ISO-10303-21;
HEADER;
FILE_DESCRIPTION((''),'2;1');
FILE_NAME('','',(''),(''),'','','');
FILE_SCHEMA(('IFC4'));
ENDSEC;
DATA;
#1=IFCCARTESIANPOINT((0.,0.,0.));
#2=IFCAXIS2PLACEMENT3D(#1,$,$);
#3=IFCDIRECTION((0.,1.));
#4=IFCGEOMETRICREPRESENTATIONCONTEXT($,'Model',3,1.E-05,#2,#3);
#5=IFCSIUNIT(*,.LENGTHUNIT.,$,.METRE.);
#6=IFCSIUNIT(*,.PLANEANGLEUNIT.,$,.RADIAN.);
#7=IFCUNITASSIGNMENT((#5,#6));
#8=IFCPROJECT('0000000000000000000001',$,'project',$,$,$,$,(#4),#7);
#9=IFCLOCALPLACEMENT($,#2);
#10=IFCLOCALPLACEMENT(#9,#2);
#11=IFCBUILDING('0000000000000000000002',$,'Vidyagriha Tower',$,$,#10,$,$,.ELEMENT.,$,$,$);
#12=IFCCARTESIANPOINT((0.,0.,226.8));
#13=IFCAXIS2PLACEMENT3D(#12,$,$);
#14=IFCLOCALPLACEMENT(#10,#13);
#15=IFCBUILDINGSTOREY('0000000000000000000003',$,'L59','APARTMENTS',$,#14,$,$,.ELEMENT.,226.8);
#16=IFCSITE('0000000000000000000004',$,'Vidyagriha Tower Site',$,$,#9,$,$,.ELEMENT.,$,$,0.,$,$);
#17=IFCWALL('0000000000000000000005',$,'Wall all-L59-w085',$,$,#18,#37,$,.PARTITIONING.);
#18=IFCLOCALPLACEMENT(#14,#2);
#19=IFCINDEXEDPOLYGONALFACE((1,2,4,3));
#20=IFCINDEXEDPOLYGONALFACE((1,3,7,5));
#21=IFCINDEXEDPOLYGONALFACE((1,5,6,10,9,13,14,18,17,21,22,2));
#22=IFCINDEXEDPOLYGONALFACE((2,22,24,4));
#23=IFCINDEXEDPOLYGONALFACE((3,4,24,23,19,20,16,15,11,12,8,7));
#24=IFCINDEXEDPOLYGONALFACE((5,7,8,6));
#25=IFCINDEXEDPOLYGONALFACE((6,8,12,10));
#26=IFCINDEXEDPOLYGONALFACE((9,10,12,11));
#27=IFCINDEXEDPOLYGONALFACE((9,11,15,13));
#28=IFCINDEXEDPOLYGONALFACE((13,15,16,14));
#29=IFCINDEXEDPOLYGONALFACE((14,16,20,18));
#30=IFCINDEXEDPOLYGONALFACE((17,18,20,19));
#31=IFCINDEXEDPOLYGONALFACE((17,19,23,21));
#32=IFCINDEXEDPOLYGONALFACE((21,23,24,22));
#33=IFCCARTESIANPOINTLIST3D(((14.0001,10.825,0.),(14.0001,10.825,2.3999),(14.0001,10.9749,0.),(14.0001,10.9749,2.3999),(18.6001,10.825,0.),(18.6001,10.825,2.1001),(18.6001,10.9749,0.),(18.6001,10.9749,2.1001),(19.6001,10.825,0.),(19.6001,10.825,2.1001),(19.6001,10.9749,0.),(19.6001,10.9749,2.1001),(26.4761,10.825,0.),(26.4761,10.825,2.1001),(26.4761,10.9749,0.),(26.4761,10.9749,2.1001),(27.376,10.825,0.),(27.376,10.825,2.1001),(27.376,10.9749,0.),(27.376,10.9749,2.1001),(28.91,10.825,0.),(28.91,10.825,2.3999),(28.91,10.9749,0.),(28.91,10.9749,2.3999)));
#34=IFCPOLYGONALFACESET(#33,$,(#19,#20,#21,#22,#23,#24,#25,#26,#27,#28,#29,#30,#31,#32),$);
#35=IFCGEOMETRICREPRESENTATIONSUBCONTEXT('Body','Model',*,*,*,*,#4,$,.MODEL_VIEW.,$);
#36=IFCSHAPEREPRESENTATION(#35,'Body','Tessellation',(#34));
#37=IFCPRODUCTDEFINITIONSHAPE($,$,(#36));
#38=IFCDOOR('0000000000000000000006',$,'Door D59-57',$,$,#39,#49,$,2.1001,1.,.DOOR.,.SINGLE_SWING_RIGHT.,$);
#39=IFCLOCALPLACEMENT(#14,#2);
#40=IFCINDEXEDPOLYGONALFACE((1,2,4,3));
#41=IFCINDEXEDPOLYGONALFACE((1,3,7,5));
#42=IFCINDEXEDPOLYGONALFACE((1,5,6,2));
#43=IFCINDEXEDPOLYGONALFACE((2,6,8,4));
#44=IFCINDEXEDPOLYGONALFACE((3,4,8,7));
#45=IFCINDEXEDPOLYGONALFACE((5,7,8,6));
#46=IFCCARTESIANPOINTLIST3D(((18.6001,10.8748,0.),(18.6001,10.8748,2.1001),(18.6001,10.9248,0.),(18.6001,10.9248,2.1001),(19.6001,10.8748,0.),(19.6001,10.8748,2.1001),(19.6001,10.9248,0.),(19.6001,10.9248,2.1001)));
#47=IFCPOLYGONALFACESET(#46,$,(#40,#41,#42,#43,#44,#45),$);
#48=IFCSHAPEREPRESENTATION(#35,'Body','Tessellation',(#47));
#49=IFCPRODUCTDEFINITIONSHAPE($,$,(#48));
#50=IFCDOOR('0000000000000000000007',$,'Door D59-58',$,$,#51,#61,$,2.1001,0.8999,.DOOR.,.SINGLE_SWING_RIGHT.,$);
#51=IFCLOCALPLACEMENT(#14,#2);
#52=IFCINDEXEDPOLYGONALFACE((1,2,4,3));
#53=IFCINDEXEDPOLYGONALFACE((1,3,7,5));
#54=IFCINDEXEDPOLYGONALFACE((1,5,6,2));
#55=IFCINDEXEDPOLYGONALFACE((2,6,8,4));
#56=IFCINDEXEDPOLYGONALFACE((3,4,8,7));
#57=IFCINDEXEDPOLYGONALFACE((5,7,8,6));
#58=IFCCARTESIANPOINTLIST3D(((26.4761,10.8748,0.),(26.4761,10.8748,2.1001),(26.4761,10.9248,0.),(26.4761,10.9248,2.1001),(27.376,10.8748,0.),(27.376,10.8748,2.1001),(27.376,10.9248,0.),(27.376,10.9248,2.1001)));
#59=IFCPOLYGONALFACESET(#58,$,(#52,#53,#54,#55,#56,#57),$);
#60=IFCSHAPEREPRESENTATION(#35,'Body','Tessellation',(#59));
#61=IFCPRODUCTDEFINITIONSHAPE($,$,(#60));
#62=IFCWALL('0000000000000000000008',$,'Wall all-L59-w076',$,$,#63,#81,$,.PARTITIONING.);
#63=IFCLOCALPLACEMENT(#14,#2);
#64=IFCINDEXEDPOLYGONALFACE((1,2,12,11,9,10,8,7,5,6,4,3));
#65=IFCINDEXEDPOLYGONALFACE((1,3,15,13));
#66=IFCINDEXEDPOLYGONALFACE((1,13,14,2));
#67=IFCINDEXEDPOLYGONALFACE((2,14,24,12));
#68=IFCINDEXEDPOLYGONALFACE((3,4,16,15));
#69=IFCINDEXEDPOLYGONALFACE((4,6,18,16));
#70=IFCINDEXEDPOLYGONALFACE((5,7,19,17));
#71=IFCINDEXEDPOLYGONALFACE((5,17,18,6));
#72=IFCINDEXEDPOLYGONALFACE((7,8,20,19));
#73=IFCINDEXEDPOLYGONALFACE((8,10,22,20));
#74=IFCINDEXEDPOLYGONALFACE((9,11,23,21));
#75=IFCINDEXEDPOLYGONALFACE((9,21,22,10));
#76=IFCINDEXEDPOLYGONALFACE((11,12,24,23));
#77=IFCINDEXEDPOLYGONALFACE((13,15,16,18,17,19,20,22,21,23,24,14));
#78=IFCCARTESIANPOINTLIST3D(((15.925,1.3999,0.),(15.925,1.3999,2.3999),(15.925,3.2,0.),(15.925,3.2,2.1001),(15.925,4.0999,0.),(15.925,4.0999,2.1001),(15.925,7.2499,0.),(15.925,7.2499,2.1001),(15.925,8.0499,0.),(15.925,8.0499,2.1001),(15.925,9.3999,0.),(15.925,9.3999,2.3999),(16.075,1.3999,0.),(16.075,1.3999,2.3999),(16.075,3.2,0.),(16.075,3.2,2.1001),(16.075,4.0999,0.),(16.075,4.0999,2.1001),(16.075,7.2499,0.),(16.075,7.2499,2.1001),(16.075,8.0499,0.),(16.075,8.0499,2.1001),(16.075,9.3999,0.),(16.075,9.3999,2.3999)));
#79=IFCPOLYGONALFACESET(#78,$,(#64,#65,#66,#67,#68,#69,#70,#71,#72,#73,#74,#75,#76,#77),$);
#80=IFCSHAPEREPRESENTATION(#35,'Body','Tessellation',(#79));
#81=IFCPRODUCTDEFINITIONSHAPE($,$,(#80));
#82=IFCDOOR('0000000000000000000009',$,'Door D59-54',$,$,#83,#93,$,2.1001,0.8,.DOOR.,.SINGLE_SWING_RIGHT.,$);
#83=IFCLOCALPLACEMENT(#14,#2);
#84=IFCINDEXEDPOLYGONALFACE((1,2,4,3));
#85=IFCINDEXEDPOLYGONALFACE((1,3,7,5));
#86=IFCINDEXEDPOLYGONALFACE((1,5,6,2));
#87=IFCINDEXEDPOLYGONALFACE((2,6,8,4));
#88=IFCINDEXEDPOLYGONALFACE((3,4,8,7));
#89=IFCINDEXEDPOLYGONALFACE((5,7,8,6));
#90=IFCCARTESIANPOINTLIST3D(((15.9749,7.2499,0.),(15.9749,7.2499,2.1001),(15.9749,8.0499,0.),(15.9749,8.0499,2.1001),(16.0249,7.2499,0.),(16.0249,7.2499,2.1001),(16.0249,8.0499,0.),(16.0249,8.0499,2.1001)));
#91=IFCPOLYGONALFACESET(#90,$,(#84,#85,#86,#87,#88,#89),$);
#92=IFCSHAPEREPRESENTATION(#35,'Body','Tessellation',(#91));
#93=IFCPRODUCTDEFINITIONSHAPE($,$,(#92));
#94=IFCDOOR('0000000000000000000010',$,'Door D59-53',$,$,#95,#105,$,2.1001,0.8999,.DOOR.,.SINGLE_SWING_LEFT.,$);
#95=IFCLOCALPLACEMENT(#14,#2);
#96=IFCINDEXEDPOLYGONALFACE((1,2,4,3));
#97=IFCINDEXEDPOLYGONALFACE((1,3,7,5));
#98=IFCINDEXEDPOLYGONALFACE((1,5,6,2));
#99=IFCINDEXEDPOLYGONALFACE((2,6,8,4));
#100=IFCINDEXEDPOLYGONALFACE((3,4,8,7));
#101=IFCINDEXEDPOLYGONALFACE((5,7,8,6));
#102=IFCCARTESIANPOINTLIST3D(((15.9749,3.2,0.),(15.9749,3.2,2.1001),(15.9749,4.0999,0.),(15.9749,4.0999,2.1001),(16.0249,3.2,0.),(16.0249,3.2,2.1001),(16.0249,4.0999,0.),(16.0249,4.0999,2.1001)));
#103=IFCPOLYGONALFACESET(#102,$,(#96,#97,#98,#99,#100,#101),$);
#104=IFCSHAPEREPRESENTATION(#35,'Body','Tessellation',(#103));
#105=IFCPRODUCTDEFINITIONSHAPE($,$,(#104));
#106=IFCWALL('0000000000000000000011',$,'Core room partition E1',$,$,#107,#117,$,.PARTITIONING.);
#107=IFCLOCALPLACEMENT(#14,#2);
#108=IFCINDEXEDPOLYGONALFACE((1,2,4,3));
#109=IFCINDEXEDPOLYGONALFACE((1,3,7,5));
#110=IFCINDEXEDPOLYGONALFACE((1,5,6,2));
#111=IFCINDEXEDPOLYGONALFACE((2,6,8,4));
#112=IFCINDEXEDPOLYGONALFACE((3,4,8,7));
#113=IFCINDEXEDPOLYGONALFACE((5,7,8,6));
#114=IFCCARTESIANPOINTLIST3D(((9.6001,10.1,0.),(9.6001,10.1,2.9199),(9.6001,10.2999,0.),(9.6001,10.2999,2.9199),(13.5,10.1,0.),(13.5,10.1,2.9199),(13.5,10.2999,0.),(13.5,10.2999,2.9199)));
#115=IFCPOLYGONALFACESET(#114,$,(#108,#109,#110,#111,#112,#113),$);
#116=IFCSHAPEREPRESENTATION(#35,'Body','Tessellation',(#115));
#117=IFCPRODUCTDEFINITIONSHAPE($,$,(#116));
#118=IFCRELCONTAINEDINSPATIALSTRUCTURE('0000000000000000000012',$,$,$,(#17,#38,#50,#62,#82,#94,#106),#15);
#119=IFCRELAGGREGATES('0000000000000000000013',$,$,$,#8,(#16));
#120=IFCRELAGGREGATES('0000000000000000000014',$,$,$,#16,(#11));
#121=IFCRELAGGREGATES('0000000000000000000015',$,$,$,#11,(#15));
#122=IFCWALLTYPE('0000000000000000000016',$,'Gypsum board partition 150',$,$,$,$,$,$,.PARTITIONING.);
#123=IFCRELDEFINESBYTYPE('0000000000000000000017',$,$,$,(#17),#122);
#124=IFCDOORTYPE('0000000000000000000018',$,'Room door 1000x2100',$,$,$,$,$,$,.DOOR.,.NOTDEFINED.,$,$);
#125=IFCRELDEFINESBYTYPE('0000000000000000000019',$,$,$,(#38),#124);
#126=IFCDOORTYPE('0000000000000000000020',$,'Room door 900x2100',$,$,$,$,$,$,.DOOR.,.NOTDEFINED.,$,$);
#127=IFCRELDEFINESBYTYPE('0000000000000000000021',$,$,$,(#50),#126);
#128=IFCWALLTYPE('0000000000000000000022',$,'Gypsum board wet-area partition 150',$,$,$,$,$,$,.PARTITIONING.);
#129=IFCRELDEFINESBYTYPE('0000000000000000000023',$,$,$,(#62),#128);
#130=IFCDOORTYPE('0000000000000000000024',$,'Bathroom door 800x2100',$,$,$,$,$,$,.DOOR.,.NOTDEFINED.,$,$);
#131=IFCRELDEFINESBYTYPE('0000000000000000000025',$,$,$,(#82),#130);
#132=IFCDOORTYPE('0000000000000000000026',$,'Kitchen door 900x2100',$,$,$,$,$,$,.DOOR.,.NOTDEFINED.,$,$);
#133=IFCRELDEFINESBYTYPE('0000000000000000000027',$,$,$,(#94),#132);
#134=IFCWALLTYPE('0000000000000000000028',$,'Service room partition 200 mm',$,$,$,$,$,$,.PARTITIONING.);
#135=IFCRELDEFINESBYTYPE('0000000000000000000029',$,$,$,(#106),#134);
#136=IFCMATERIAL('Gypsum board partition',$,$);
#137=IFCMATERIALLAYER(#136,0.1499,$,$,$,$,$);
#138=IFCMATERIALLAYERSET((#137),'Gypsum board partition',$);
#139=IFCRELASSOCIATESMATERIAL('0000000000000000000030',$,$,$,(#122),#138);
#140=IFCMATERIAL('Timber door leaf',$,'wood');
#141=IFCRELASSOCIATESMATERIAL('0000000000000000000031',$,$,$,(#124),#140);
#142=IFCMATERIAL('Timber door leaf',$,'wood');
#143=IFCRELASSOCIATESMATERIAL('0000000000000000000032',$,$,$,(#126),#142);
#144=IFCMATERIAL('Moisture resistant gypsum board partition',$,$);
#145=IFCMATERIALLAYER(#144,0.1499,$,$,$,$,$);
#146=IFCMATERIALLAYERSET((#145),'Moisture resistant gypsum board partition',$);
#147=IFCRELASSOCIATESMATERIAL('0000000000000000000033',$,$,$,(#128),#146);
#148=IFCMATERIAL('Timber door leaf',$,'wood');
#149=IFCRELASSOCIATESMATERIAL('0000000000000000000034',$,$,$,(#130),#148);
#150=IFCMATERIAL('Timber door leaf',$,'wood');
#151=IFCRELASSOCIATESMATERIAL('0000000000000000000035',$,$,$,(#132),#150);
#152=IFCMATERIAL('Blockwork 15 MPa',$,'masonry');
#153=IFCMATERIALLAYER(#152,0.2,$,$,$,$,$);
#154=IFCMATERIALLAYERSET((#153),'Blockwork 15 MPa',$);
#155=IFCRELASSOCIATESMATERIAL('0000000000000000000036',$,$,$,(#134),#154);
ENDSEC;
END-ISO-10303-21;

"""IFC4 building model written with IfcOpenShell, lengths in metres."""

from ifc_helpers import new_model, si_unit, direction, frame, frame_2d, origin, place, context, subcontext, project, spatial, rectangle, extrude, material, layer, layer_set, type_object, element, fill, save


model = new_model("IFC4")

# Units and contexts
model_context = context("Model", 3, precision=1e-05, world=origin(), true_north=direction((0.0, 1.0)))
body_context = subcontext(model_context, "Body", "Model", "MODEL_VIEW")
ifc_project = project(units=[si_unit("LENGTHUNIT", "METRE"), si_unit("PLANEANGLEUNIT", "RADIAN")], contexts=[model_context])

# Site, building, storey
site_placement = place(None, origin())
site = spatial("IfcSite", under=ifc_project, at=site_placement, Name="Vidyagriha Tower Site", CompositionType="ELEMENT", RefElevation=0.0)
building_placement = place(site_placement, origin())
building = spatial("IfcBuilding", under=site, at=building_placement, Name="Vidyagriha Tower", CompositionType="ELEMENT")
storey_placement = place(building_placement, frame((0.0, 0.0, 226.8)))
storey = spatial("IfcBuildingStorey", under=building, at=storey_placement, Name="L59", Description="APARTMENTS", CompositionType="ELEMENT", Elevation=226.8)

# Shared definitions
ifc_material_1 = material(Name="Gypsum board partition")
ifc_layer_1 = layer(ifc_material_1, 0.1499)
ifc_layer_set_1 = layer_set([ifc_layer_1], Name="Gypsum board partition")
wall_type_1 = type_object("IfcWallType", Name="Gypsum board partition 150", PredefinedType="PARTITIONING", material=ifc_layer_set_1)

# Walls, openings, doors
wall_1_placement = place(storey_placement, frame((14.0, 10.8999, 0.0)))
wall_1 = element("IfcWall", 1, at=wall_1_placement, inside=storey, type_object=wall_type_1, Name="Wall all-L59-w085", PredefinedType="PARTITIONING", context=body_context, shape_type="SweptSolid", body=[
    extrude(rectangle(XDim=14.9099, YDim=0.1499, at=frame_2d((7.4551, 0.0))), origin(), (0.0, 0.0, 1.0), 2.3999),
])
opening_1_placement = place(wall_1_placement, frame((4.6001, 0.0, 0.0)))
opening_1 = element("IfcOpeningElement", 2, at=opening_1_placement, cuts=wall_1, PredefinedType="OPENING", context=body_context, shape_type="SweptSolid", body=[
    extrude(rectangle(XDim=1.0, YDim=2.1001, at=frame_2d((0.5, 1.05))), frame((0.0, 0.085, 0.0), z_axis=(0.0, -1.0, 0.0), x_axis=(1.0, 0.0, 0.0)), (0.0, 0.0, 1.0), 0.1699),
])
opening_2_placement = place(wall_1_placement, frame((12.4761, 0.0, 0.0)))
opening_2 = element("IfcOpeningElement", 3, at=opening_2_placement, cuts=wall_1, PredefinedType="OPENING", context=body_context, shape_type="SweptSolid", body=[
    extrude(rectangle(XDim=0.8999, YDim=2.1001, at=frame_2d((0.45, 1.05))), frame((0.0, 0.085, 0.0), z_axis=(0.0, -1.0, 0.0), x_axis=(1.0, 0.0, 0.0)), (0.0, 0.0, 1.0), 0.1699),
])
ifc_material_2 = material(Name="Timber door leaf", Category="wood")
door_type_1 = type_object("IfcDoorType", Name="Room door 1000x2100", OperationType="NOTDEFINED", PredefinedType="DOOR", material=ifc_material_2)
door_1_placement = place(opening_1_placement, origin())
door_1 = element("IfcDoor", 4, at=door_1_placement, inside=storey, type_object=door_type_1, Name="Door D59-57", OperationType="SINGLE_SWING_RIGHT", OverallHeight=2.1001, OverallWidth=1.0, PredefinedType="DOOR", context=body_context, shape_type="SweptSolid", body=[
    extrude(rectangle(XDim=1.0, YDim=2.1001, at=frame_2d((0.5, 1.05))), frame((0.0, 0.0249, 0.0), z_axis=(0.0, -1.0, 0.0), x_axis=(1.0, 0.0, 0.0)), (0.0, 0.0, 1.0), 0.05),
])
fill(opening_1, door_1)
ifc_material_3 = material(Name="Timber door leaf", Category="wood")
door_type_2 = type_object("IfcDoorType", Name="Room door 900x2100", OperationType="NOTDEFINED", PredefinedType="DOOR", material=ifc_material_3)
door_2_placement = place(opening_2_placement, origin())
door_2 = element("IfcDoor", 5, at=door_2_placement, inside=storey, type_object=door_type_2, Name="Door D59-58", OperationType="SINGLE_SWING_RIGHT", OverallHeight=2.1001, OverallWidth=0.8999, PredefinedType="DOOR", context=body_context, shape_type="SweptSolid", body=[
    extrude(rectangle(XDim=0.8999, YDim=2.1001, at=frame_2d((0.45, 1.05))), frame((0.0, 0.0249, 0.0), z_axis=(0.0, -1.0, 0.0), x_axis=(1.0, 0.0, 0.0)), (0.0, 0.0, 1.0), 0.05),
])
fill(opening_2, door_2)
ifc_material_4 = material(Name="Moisture resistant gypsum board partition")
ifc_layer_2 = layer(ifc_material_4, 0.1499)
ifc_layer_set_2 = layer_set([ifc_layer_2], Name="Moisture resistant gypsum board partition")
wall_type_2 = type_object("IfcWallType", Name="Gypsum board wet-area partition 150", PredefinedType="PARTITIONING", material=ifc_layer_set_2)
wall_2_placement = place(storey_placement, frame((16.0, 9.3999, 0.0), z_axis=(0.0, 0.0, 1.0), x_axis=(0.0, -1.0, 0.0)))
wall_2 = element("IfcWall", 6, at=wall_2_placement, inside=storey, type_object=wall_type_2, Name="Wall all-L59-w076", PredefinedType="PARTITIONING", context=body_context, shape_type="SweptSolid", body=[
    extrude(rectangle(XDim=8.0, YDim=0.1499, at=frame_2d((4.0, 0.0))), origin(), (0.0, 0.0, 1.0), 2.3999),
])
opening_3_placement = place(wall_2_placement, frame((5.3, 0.0, 0.0)))
opening_3 = element("IfcOpeningElement", 7, at=opening_3_placement, cuts=wall_2, PredefinedType="OPENING", context=body_context, shape_type="SweptSolid", body=[
    extrude(rectangle(XDim=0.8999, YDim=2.1001, at=frame_2d((0.45, 1.05))), frame((0.0, 0.085, 0.0), z_axis=(0.0, -1.0, 0.0), x_axis=(1.0, 0.0, 0.0)), (0.0, 0.0, 1.0), 0.1699),
])
opening_4_placement = place(wall_2_placement, frame((1.3501, 0.0, 0.0)))
opening_4 = element("IfcOpeningElement", 8, at=opening_4_placement, cuts=wall_2, PredefinedType="OPENING", context=body_context, shape_type="SweptSolid", body=[
    extrude(rectangle(XDim=0.8, YDim=2.1001, at=frame_2d((0.3999, 1.05))), frame((0.0, 0.085, 0.0), z_axis=(0.0, -1.0, 0.0), x_axis=(1.0, 0.0, 0.0)), (0.0, 0.0, 1.0), 0.1699),
])
ifc_material_5 = material(Name="Timber door leaf", Category="wood")
door_type_3 = type_object("IfcDoorType", Name="Bathroom door 800x2100", OperationType="NOTDEFINED", PredefinedType="DOOR", material=ifc_material_5)
door_3_placement = place(opening_4_placement, origin())
door_3 = element("IfcDoor", 9, at=door_3_placement, inside=storey, type_object=door_type_3, Name="Door D59-54", OperationType="SINGLE_SWING_RIGHT", OverallHeight=2.1001, OverallWidth=0.8, PredefinedType="DOOR", context=body_context, shape_type="SweptSolid", body=[
    extrude(rectangle(XDim=0.8, YDim=2.1001, at=frame_2d((0.3999, 1.05))), frame((0.0, 0.0249, 0.0), z_axis=(0.0, -1.0, 0.0), x_axis=(1.0, 0.0, 0.0)), (0.0, 0.0, 1.0), 0.05),
])
fill(opening_4, door_3)
ifc_material_6 = material(Name="Timber door leaf", Category="wood")
door_type_4 = type_object("IfcDoorType", Name="Kitchen door 900x2100", OperationType="NOTDEFINED", PredefinedType="DOOR", material=ifc_material_6)
door_4_placement = place(opening_3_placement, origin())
door_4 = element("IfcDoor", 10, at=door_4_placement, inside=storey, type_object=door_type_4, Name="Door D59-53", OperationType="SINGLE_SWING_LEFT", OverallHeight=2.1001, OverallWidth=0.8999, PredefinedType="DOOR", context=body_context, shape_type="SweptSolid", body=[
    extrude(rectangle(XDim=0.8999, YDim=2.1001, at=frame_2d((0.45, 1.05))), frame((0.0, 0.0249, 0.0), z_axis=(0.0, -1.0, 0.0), x_axis=(1.0, 0.0, 0.0)), (0.0, 0.0, 1.0), 0.05),
])
fill(opening_3, door_4)

# Wall
ifc_material_7 = material(Name="Blockwork 15 MPa", Category="masonry")
ifc_layer_3 = layer(ifc_material_7, 0.2)
ifc_layer_set_3 = layer_set([ifc_layer_3], Name="Blockwork 15 MPa")
wall_type_3 = type_object("IfcWallType", Name="Service room partition 200 mm", PredefinedType="PARTITIONING", material=ifc_layer_set_3)
wall_3_placement = place(storey_placement, frame((9.6001, 10.2, 0.0)))
element("IfcWall", 11, at=wall_3_placement, inside=storey, type_object=wall_type_3, Name="Core room partition E1", PredefinedType="PARTITIONING", context=body_context, shape_type="SweptSolid", body=[
    extrude(rectangle(XDim=3.8999, YDim=0.2, at=frame_2d((1.95, 0.0))), origin(), (0.0, 0.0, 1.0), 2.9199),
])

save(model, "model.ifc")
